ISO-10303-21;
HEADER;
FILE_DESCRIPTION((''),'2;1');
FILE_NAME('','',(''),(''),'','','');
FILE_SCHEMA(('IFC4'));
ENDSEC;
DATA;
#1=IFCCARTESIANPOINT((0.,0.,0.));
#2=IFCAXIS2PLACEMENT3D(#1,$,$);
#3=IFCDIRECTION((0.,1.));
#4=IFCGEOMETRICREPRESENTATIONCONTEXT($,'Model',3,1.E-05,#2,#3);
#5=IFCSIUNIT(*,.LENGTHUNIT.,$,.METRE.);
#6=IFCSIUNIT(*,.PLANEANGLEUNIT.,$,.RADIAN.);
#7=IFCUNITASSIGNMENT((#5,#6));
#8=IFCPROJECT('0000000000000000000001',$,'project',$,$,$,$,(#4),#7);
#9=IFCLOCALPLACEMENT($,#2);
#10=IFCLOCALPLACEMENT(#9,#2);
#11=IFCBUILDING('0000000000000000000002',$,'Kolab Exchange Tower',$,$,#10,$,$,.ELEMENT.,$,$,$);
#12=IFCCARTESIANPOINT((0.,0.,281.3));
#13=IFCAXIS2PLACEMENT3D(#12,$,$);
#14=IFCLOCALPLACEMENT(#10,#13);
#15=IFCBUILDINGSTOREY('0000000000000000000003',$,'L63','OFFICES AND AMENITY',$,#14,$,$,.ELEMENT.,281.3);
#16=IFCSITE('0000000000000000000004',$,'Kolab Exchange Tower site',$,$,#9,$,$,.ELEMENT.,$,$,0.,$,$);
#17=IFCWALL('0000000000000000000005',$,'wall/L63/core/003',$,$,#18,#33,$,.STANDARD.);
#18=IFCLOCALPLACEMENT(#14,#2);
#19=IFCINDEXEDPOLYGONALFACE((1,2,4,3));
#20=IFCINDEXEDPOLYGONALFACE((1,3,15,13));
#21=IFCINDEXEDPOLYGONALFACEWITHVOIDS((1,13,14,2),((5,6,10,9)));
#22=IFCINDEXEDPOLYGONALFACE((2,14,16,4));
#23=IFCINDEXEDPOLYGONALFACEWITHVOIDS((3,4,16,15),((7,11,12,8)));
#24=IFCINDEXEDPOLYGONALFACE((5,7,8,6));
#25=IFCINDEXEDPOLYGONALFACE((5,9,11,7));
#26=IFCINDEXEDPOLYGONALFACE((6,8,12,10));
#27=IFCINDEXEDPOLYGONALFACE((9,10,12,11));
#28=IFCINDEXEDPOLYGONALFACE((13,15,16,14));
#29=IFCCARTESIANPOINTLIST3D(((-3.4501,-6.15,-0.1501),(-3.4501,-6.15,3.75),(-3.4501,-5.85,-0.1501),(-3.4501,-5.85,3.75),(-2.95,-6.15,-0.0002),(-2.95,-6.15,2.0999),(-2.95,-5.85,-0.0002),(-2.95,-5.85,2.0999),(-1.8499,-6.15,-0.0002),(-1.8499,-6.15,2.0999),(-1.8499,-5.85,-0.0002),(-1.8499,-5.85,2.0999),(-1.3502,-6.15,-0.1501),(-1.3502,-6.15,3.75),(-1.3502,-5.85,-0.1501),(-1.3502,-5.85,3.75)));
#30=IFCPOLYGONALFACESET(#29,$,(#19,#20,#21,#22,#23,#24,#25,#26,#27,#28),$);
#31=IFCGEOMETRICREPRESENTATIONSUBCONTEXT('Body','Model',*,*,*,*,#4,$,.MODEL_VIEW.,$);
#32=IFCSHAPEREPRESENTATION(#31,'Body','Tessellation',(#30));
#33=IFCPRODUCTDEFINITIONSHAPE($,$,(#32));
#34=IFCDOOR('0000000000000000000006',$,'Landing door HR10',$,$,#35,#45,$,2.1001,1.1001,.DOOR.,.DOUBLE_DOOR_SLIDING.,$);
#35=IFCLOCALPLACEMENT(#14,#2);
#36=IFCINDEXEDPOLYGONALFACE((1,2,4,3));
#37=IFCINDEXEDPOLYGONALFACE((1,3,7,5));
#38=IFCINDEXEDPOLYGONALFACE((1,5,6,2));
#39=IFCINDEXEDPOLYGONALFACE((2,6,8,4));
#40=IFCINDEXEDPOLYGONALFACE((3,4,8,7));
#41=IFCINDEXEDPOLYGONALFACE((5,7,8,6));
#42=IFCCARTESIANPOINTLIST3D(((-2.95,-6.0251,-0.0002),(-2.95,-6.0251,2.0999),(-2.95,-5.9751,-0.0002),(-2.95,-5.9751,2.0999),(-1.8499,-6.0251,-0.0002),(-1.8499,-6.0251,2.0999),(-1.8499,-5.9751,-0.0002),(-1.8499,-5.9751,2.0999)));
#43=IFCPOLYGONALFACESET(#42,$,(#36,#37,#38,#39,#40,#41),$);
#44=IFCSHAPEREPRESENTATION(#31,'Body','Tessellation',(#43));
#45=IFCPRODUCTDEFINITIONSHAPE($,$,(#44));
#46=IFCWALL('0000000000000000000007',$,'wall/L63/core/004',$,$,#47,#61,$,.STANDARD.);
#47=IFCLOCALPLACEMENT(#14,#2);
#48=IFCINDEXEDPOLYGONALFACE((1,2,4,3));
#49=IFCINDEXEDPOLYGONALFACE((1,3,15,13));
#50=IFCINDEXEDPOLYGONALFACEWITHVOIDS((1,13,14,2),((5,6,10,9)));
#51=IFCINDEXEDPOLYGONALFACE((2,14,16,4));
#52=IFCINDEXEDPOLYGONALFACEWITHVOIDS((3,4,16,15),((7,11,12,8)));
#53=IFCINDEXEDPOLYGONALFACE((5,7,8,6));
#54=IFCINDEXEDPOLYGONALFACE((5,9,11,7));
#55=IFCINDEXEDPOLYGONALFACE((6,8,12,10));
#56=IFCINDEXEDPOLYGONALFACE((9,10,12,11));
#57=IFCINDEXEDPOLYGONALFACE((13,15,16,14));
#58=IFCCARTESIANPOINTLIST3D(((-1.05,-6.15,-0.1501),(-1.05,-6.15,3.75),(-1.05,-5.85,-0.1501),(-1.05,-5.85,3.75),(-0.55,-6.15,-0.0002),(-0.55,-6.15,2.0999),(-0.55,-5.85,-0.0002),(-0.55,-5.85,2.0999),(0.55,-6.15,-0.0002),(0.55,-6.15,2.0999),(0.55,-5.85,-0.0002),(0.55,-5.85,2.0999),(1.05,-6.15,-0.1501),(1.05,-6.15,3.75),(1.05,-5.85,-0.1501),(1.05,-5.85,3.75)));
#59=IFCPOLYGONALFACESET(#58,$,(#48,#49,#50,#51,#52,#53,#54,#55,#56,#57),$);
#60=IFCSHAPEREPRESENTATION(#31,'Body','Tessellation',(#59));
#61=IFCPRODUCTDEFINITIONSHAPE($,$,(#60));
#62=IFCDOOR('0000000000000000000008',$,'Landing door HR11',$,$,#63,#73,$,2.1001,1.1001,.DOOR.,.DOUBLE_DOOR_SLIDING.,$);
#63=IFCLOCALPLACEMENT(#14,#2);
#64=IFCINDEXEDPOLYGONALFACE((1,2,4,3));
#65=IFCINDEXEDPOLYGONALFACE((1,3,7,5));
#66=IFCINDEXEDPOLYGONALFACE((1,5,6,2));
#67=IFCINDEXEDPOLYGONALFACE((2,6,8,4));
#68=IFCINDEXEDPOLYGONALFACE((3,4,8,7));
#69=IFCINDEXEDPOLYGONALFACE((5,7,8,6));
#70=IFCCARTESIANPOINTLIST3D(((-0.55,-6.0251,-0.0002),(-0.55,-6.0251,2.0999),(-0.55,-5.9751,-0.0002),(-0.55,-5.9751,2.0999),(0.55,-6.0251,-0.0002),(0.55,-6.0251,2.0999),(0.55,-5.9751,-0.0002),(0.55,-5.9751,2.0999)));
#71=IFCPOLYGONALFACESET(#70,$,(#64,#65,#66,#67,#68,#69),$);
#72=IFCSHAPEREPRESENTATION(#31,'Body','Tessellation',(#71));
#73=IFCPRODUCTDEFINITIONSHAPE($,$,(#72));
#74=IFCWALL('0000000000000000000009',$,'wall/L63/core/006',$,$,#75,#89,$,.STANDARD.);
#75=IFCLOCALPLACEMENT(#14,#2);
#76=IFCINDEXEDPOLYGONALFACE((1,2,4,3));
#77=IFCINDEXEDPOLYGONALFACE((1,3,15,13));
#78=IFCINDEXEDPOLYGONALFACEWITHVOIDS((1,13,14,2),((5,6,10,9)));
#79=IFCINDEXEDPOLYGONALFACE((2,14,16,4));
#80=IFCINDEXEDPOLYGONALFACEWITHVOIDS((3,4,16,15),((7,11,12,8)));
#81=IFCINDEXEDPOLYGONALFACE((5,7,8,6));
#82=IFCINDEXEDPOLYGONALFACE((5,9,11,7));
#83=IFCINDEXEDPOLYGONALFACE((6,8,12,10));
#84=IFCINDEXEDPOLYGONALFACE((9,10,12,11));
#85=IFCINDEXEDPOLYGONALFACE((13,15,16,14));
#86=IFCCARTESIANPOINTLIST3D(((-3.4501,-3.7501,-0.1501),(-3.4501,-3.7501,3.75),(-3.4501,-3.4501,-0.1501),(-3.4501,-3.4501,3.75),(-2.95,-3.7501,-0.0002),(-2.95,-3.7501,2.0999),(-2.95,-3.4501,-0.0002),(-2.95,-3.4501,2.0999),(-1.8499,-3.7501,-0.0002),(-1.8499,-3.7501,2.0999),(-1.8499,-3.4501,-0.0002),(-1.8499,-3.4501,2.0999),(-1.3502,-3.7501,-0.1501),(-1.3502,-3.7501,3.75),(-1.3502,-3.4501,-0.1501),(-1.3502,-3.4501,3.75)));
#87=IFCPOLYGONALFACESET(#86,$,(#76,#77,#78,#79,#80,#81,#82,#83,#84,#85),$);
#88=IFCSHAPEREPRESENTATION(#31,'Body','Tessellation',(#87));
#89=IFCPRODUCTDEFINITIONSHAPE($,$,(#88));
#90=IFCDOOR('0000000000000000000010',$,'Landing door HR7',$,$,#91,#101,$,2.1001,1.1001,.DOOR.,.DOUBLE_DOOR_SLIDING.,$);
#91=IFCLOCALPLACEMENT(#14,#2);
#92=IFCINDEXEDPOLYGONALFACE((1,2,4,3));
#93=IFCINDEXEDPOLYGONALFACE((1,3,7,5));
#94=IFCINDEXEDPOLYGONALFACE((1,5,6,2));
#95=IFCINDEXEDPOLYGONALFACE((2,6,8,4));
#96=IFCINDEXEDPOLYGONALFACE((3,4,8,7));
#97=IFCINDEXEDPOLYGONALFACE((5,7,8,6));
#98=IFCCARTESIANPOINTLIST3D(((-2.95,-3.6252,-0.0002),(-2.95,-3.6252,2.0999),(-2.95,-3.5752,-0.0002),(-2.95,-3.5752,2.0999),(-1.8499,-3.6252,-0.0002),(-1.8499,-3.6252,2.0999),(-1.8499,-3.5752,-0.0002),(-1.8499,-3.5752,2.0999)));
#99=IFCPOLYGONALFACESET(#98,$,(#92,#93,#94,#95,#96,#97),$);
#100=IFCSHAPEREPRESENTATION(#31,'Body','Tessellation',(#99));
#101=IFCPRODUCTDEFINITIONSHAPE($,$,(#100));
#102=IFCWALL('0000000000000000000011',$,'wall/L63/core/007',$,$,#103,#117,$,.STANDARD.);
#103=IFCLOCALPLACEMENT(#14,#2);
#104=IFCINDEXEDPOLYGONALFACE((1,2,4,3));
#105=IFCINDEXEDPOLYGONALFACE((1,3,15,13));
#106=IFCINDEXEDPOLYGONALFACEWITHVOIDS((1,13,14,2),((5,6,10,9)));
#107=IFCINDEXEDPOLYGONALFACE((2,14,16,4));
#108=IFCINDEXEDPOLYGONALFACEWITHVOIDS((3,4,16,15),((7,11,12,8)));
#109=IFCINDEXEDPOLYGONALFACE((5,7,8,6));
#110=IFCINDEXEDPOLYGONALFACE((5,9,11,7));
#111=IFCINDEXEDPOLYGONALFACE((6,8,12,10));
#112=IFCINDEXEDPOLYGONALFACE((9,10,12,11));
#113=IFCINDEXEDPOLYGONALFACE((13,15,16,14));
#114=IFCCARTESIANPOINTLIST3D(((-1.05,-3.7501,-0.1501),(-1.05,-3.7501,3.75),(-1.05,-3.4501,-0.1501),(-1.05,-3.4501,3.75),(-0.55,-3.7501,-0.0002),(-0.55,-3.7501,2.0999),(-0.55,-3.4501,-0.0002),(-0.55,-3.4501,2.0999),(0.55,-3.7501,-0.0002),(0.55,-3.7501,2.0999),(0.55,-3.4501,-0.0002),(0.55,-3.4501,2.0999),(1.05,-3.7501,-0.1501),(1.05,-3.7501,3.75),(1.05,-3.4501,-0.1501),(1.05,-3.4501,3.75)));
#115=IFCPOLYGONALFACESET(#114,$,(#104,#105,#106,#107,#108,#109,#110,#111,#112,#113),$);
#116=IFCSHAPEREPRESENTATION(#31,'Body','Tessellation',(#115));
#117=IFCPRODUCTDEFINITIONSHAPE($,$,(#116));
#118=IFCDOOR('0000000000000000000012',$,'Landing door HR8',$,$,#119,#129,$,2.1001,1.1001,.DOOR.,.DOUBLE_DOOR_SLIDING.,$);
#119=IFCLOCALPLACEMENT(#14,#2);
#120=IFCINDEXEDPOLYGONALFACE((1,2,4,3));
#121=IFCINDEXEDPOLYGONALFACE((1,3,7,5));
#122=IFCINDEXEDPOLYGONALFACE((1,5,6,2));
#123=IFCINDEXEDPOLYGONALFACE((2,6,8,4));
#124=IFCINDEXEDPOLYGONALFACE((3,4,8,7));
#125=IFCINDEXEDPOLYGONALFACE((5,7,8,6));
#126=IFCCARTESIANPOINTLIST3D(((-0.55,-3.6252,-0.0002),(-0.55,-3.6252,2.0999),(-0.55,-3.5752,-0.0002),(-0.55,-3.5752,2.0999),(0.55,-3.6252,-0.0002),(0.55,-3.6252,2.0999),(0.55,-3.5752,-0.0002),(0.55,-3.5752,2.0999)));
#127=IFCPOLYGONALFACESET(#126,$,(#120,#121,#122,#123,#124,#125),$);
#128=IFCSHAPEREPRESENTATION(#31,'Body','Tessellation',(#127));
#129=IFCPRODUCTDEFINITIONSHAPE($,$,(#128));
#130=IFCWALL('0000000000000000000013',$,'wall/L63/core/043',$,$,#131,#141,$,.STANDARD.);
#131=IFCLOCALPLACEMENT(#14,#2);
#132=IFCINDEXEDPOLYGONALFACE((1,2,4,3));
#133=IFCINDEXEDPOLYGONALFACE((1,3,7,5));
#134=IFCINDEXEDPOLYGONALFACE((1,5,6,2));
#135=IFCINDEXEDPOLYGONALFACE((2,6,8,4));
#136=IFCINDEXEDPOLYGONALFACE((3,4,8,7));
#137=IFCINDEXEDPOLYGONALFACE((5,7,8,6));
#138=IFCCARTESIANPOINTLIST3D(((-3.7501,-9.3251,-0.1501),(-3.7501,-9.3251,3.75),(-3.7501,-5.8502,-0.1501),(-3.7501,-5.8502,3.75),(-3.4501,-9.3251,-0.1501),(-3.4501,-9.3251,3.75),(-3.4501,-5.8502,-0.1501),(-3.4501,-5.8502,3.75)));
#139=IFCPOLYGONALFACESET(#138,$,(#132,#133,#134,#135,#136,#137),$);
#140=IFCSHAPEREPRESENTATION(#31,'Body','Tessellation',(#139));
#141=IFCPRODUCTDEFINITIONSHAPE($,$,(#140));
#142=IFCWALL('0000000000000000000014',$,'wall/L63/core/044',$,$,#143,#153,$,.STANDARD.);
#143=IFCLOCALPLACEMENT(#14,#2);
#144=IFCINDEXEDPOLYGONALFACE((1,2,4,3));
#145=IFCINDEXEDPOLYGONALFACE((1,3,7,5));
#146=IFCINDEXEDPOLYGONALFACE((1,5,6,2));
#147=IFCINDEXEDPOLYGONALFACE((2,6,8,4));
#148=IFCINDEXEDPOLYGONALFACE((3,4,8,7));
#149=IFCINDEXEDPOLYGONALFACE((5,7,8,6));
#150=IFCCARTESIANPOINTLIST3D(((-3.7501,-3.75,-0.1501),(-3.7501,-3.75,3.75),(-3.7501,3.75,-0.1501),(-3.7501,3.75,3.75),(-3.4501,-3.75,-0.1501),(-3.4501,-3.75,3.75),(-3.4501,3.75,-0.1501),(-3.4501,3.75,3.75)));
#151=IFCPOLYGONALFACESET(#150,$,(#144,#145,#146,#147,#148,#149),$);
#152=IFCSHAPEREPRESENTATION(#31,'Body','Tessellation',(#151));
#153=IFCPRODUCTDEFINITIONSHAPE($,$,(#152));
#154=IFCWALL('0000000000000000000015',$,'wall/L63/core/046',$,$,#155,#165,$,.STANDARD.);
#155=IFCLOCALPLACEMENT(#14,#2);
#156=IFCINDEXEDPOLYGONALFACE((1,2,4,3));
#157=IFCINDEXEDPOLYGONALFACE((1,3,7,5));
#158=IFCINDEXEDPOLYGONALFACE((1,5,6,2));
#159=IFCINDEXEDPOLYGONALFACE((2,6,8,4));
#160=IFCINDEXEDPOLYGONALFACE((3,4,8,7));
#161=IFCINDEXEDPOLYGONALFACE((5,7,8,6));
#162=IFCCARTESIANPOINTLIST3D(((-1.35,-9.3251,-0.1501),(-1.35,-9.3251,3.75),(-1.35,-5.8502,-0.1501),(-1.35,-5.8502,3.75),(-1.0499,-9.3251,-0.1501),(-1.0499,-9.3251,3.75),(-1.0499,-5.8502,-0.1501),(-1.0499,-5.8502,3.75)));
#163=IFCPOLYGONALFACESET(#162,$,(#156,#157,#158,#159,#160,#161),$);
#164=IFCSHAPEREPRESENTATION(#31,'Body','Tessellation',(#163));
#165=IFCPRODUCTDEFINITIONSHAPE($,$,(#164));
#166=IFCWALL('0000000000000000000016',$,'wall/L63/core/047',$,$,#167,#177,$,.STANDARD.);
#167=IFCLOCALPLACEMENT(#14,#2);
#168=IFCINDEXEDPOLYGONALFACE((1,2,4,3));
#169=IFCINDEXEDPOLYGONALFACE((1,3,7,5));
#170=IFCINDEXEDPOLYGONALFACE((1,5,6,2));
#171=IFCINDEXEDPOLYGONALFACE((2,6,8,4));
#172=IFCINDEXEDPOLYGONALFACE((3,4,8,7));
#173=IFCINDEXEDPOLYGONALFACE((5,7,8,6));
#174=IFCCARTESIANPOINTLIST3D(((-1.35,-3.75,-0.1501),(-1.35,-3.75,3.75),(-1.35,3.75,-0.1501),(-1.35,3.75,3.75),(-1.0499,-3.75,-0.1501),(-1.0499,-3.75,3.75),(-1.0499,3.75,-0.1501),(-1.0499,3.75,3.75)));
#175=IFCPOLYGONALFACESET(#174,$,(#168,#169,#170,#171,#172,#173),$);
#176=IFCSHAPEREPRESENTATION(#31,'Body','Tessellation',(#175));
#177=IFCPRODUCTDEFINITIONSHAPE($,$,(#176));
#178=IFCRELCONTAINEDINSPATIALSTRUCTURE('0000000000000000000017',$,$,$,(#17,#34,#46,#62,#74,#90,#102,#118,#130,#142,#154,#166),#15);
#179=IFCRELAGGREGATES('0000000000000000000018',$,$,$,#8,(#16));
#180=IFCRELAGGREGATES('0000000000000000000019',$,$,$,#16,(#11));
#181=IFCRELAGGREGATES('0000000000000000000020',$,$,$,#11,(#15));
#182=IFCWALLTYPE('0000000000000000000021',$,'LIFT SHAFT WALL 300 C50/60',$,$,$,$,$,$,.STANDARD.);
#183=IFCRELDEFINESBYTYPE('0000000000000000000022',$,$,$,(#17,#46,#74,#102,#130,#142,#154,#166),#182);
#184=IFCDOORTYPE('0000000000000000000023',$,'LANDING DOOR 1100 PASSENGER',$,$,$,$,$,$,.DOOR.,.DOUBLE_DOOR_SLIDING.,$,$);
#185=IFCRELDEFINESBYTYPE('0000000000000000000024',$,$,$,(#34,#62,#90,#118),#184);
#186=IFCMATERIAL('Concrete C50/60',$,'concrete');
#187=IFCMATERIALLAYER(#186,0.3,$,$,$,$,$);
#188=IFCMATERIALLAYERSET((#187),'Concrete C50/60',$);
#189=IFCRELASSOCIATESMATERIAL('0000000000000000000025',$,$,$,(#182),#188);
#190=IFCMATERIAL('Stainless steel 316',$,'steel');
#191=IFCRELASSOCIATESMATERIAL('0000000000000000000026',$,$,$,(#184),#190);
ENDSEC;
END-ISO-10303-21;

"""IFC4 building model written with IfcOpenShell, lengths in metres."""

from ifc_helpers import new_model, si_unit, direction, frame, frame_2d, origin, place, context, subcontext, project, spatial, rectangle, extrude, material, layer, layer_set, type_object, element, fill, save


model = new_model("IFC4")

# Units and contexts
model_context = context("Model", 3, precision=1e-05, world=origin(), true_north=direction((0.0, 1.0)))
body_context = subcontext(model_context, "Body", "Model", "MODEL_VIEW")
ifc_project = project(units=[si_unit("LENGTHUNIT", "METRE"), si_unit("PLANEANGLEUNIT", "RADIAN")], contexts=[model_context])

# Site, building, storey
site_placement = place(None, origin())
site = spatial("IfcSite", under=ifc_project, at=site_placement, Name="Kolab Exchange Tower site", CompositionType="ELEMENT", RefElevation=0.0)
building_placement = place(site_placement, origin())
building = spatial("IfcBuilding", under=site, at=building_placement, Name="Kolab Exchange Tower", CompositionType="ELEMENT")
storey_placement = place(building_placement, frame((0.0, 0.0, 281.3)))
storey = spatial("IfcBuildingStorey", under=building, at=storey_placement, Name="L63", Description="OFFICES AND AMENITY", CompositionType="ELEMENT", Elevation=281.3)

# Walls, openings, doors
ifc_material_1 = material(Name="Concrete C50/60", Category="concrete")
ifc_layer_1 = layer(ifc_material_1, 0.3)
ifc_layer_set_1 = layer_set([ifc_layer_1], Name="Concrete C50/60")
wall_type_1 = type_object("IfcWallType", Name="LIFT SHAFT WALL 300 C50/60", PredefinedType="STANDARD", material=ifc_layer_set_1)
wall_1_placement = place(storey_placement, frame((-3.45, -6.0, -0.1501), z_axis=(0.0, 0.0, 1.0), x_axis=(1.0, 0.0, 0.0)))
wall_1 = element("IfcWall", 1, at=wall_1_placement, inside=storey, type_object=wall_type_1, Name="wall/L63/core/003", PredefinedType="STANDARD", context=body_context, shape_type="SweptSolid", body=[
    extrude(rectangle(XDim=2.0999, YDim=0.3, at=frame_2d((1.0498, 0.0))), origin(), (0.0, 0.0, 1.0), 3.9001),
])
opening_1_placement = place(wall_1_placement, frame((0.5, 0.0, 0.1499)))
opening_1 = element("IfcOpeningElement", 2, at=opening_1_placement, cuts=wall_1, PredefinedType="OPENING", context=body_context, shape_type="SweptSolid", body=[
    extrude(rectangle(XDim=1.1001, YDim=2.1001, at=frame_2d((0.55, 1.05))), frame((0.0, 0.1602, 0.0), z_axis=(0.0, -1.0, 0.0), x_axis=(1.0, 0.0, 0.0)), (0.0, 0.0, 1.0), 0.3201),
])
ifc_material_2 = material(Name="Stainless steel 316", Category="steel")
door_type_1 = type_object("IfcDoorType", Name="LANDING DOOR 1100 PASSENGER", OperationType="DOUBLE_DOOR_SLIDING", PredefinedType="DOOR", material=ifc_material_2)
door_1_placement = place(opening_1_placement, origin())
door_1 = element("IfcDoor", 3, at=door_1_placement, inside=storey, type_object=door_type_1, Name="Landing door HR10", OperationType="DOUBLE_DOOR_SLIDING", OverallHeight=2.1001, OverallWidth=1.1001, PredefinedType="DOOR", context=body_context, shape_type="SweptSolid", body=[
    extrude(rectangle(XDim=1.1001, YDim=2.1001, at=frame_2d((0.55, 1.05))), frame((0.0, 0.0249, 0.0), z_axis=(0.0, -1.0, 0.0), x_axis=(1.0, 0.0, 0.0)), (0.0, 0.0, 1.0), 0.05),
])
fill(opening_1, door_1)
wall_2_placement = place(storey_placement, frame((-1.05, -6.0, -0.1501), z_axis=(0.0, 0.0, 1.0), x_axis=(1.0, 0.0, 0.0)))
wall_2 = element("IfcWall", 4, at=wall_2_placement, inside=storey, type_object=wall_type_1, Name="wall/L63/core/004", PredefinedType="STANDARD", context=body_context, shape_type="SweptSolid", body=[
    extrude(rectangle(XDim=2.1001, YDim=0.3, at=frame_2d((1.05, 0.0))), origin(), (0.0, 0.0, 1.0), 3.9001),
])
opening_2_placement = place(wall_2_placement, frame((0.5, 0.0, 0.1499)))
opening_2 = element("IfcOpeningElement", 5, at=opening_2_placement, cuts=wall_2, PredefinedType="OPENING", context=body_context, shape_type="SweptSolid", body=[
    extrude(rectangle(XDim=1.1001, YDim=2.1001, at=frame_2d((0.55, 1.05))), frame((0.0, 0.1602, 0.0), z_axis=(0.0, -1.0, 0.0), x_axis=(1.0, 0.0, 0.0)), (0.0, 0.0, 1.0), 0.3201),
])
door_2_placement = place(opening_2_placement, origin())
door_2 = element("IfcDoor", 6, at=door_2_placement, inside=storey, type_object=door_type_1, Name="Landing door HR11", OperationType="DOUBLE_DOOR_SLIDING", OverallHeight=2.1001, OverallWidth=1.1001, PredefinedType="DOOR", context=body_context, shape_type="SweptSolid", body=[
    extrude(rectangle(XDim=1.1001, YDim=2.1001, at=frame_2d((0.55, 1.05))), frame((0.0, 0.0249, 0.0), z_axis=(0.0, -1.0, 0.0), x_axis=(1.0, 0.0, 0.0)), (0.0, 0.0, 1.0), 0.05),
])
fill(opening_2, door_2)
wall_3_placement = place(storey_placement, frame((-3.45, -3.6001, -0.1501), z_axis=(0.0, 0.0, 1.0), x_axis=(1.0, 0.0, 0.0)))
wall_3 = element("IfcWall", 7, at=wall_3_placement, inside=storey, type_object=wall_type_1, Name="wall/L63/core/006", PredefinedType="STANDARD", context=body_context, shape_type="SweptSolid", body=[
    extrude(rectangle(XDim=2.0999, YDim=0.3, at=frame_2d((1.0498, 0.0))), origin(), (0.0, 0.0, 1.0), 3.9001),
])
opening_3_placement = place(wall_3_placement, frame((0.5, 0.0, 0.1499)))
opening_3 = element("IfcOpeningElement", 8, at=opening_3_placement, cuts=wall_3, PredefinedType="OPENING", context=body_context, shape_type="SweptSolid", body=[
    extrude(rectangle(XDim=1.1001, YDim=2.1001, at=frame_2d((0.55, 1.05))), frame((0.0, 0.1602, 0.0), z_axis=(0.0, -1.0, 0.0), x_axis=(1.0, 0.0, 0.0)), (0.0, 0.0, 1.0), 0.3201),
])
door_3_placement = place(opening_3_placement, origin())
door_3 = element("IfcDoor", 9, at=door_3_placement, inside=storey, type_object=door_type_1, Name="Landing door HR7", OperationType="DOUBLE_DOOR_SLIDING", OverallHeight=2.1001, OverallWidth=1.1001, PredefinedType="DOOR", context=body_context, shape_type="SweptSolid", body=[
    extrude(rectangle(XDim=1.1001, YDim=2.1001, at=frame_2d((0.55, 1.05))), frame((0.0, 0.0249, 0.0), z_axis=(0.0, -1.0, 0.0), x_axis=(1.0, 0.0, 0.0)), (0.0, 0.0, 1.0), 0.05),
])
fill(opening_3, door_3)
wall_4_placement = place(storey_placement, frame((-1.05, -3.6001, -0.1501), z_axis=(0.0, 0.0, 1.0), x_axis=(1.0, 0.0, 0.0)))
wall_4 = element("IfcWall", 10, at=wall_4_placement, inside=storey, type_object=wall_type_1, Name="wall/L63/core/007", PredefinedType="STANDARD", context=body_context, shape_type="SweptSolid", body=[
    extrude(rectangle(XDim=2.1001, YDim=0.3, at=frame_2d((1.05, 0.0))), origin(), (0.0, 0.0, 1.0), 3.9001),
])
opening_4_placement = place(wall_4_placement, frame((0.5, 0.0, 0.1499)))
opening_4 = element("IfcOpeningElement", 11, at=opening_4_placement, cuts=wall_4, PredefinedType="OPENING", context=body_context, shape_type="SweptSolid", body=[
    extrude(rectangle(XDim=1.1001, YDim=2.1001, at=frame_2d((0.55, 1.05))), frame((0.0, 0.1602, 0.0), z_axis=(0.0, -1.0, 0.0), x_axis=(1.0, 0.0, 0.0)), (0.0, 0.0, 1.0), 0.3201),
])
door_4_placement = place(opening_4_placement, origin())
door_4 = element("IfcDoor", 12, at=door_4_placement, inside=storey, type_object=door_type_1, Name="Landing door HR8", OperationType="DOUBLE_DOOR_SLIDING", OverallHeight=2.1001, OverallWidth=1.1001, PredefinedType="DOOR", context=body_context, shape_type="SweptSolid", body=[
    extrude(rectangle(XDim=1.1001, YDim=2.1001, at=frame_2d((0.55, 1.05))), frame((0.0, 0.0249, 0.0), z_axis=(0.0, -1.0, 0.0), x_axis=(1.0, 0.0, 0.0)), (0.0, 0.0, 1.0), 0.05),
])
fill(opening_4, door_4)

# Walls
wall_5_placement = place(storey_placement, frame((-3.6001, -9.325, -0.1501), z_axis=(0.0, 0.0, 1.0), x_axis=(0.0, 1.0, 0.0)))
element("IfcWall", 13, at=wall_5_placement, inside=storey, type_object=wall_type_1, Name="wall/L63/core/043", PredefinedType="STANDARD", context=body_context, shape_type="SweptSolid", body=[
    extrude(rectangle(XDim=3.4749, YDim=0.3, at=frame_2d((1.7373, 0.0))), origin(), (0.0, 0.0, 1.0), 3.9001),
])
wall_6_placement = place(storey_placement, frame((-3.6001, -3.75, -0.1501), z_axis=(0.0, 0.0, 1.0), x_axis=(0.0, 1.0, 0.0)))
element("IfcWall", 14, at=wall_6_placement, inside=storey, type_object=wall_type_1, Name="wall/L63/core/044", PredefinedType="STANDARD", context=body_context, shape_type="SweptSolid", body=[
    extrude(rectangle(XDim=7.5, YDim=0.3, at=frame_2d((3.75, 0.0))), origin(), (0.0, 0.0, 1.0), 3.9001),
])
wall_7_placement = place(storey_placement, frame((-1.2, -9.325, -0.1501), z_axis=(0.0, 0.0, 1.0), x_axis=(0.0, 1.0, 0.0)))
element("IfcWall", 15, at=wall_7_placement, inside=storey, type_object=wall_type_1, Name="wall/L63/core/046", PredefinedType="STANDARD", context=body_context, shape_type="SweptSolid", body=[
    extrude(rectangle(XDim=3.4749, YDim=0.3, at=frame_2d((1.7373, 0.0))), origin(), (0.0, 0.0, 1.0), 3.9001),
])
wall_8_placement = place(storey_placement, frame((-1.2, -3.75, -0.1501), z_axis=(0.0, 0.0, 1.0), x_axis=(0.0, 1.0, 0.0)))
element("IfcWall", 16, at=wall_8_placement, inside=storey, type_object=wall_type_1, Name="wall/L63/core/047", PredefinedType="STANDARD", context=body_context, shape_type="SweptSolid", body=[
    extrude(rectangle(XDim=7.5, YDim=0.3, at=frame_2d((3.75, 0.0))), origin(), (0.0, 0.0, 1.0), 3.9001),
])

save(model, "model.ifc")
